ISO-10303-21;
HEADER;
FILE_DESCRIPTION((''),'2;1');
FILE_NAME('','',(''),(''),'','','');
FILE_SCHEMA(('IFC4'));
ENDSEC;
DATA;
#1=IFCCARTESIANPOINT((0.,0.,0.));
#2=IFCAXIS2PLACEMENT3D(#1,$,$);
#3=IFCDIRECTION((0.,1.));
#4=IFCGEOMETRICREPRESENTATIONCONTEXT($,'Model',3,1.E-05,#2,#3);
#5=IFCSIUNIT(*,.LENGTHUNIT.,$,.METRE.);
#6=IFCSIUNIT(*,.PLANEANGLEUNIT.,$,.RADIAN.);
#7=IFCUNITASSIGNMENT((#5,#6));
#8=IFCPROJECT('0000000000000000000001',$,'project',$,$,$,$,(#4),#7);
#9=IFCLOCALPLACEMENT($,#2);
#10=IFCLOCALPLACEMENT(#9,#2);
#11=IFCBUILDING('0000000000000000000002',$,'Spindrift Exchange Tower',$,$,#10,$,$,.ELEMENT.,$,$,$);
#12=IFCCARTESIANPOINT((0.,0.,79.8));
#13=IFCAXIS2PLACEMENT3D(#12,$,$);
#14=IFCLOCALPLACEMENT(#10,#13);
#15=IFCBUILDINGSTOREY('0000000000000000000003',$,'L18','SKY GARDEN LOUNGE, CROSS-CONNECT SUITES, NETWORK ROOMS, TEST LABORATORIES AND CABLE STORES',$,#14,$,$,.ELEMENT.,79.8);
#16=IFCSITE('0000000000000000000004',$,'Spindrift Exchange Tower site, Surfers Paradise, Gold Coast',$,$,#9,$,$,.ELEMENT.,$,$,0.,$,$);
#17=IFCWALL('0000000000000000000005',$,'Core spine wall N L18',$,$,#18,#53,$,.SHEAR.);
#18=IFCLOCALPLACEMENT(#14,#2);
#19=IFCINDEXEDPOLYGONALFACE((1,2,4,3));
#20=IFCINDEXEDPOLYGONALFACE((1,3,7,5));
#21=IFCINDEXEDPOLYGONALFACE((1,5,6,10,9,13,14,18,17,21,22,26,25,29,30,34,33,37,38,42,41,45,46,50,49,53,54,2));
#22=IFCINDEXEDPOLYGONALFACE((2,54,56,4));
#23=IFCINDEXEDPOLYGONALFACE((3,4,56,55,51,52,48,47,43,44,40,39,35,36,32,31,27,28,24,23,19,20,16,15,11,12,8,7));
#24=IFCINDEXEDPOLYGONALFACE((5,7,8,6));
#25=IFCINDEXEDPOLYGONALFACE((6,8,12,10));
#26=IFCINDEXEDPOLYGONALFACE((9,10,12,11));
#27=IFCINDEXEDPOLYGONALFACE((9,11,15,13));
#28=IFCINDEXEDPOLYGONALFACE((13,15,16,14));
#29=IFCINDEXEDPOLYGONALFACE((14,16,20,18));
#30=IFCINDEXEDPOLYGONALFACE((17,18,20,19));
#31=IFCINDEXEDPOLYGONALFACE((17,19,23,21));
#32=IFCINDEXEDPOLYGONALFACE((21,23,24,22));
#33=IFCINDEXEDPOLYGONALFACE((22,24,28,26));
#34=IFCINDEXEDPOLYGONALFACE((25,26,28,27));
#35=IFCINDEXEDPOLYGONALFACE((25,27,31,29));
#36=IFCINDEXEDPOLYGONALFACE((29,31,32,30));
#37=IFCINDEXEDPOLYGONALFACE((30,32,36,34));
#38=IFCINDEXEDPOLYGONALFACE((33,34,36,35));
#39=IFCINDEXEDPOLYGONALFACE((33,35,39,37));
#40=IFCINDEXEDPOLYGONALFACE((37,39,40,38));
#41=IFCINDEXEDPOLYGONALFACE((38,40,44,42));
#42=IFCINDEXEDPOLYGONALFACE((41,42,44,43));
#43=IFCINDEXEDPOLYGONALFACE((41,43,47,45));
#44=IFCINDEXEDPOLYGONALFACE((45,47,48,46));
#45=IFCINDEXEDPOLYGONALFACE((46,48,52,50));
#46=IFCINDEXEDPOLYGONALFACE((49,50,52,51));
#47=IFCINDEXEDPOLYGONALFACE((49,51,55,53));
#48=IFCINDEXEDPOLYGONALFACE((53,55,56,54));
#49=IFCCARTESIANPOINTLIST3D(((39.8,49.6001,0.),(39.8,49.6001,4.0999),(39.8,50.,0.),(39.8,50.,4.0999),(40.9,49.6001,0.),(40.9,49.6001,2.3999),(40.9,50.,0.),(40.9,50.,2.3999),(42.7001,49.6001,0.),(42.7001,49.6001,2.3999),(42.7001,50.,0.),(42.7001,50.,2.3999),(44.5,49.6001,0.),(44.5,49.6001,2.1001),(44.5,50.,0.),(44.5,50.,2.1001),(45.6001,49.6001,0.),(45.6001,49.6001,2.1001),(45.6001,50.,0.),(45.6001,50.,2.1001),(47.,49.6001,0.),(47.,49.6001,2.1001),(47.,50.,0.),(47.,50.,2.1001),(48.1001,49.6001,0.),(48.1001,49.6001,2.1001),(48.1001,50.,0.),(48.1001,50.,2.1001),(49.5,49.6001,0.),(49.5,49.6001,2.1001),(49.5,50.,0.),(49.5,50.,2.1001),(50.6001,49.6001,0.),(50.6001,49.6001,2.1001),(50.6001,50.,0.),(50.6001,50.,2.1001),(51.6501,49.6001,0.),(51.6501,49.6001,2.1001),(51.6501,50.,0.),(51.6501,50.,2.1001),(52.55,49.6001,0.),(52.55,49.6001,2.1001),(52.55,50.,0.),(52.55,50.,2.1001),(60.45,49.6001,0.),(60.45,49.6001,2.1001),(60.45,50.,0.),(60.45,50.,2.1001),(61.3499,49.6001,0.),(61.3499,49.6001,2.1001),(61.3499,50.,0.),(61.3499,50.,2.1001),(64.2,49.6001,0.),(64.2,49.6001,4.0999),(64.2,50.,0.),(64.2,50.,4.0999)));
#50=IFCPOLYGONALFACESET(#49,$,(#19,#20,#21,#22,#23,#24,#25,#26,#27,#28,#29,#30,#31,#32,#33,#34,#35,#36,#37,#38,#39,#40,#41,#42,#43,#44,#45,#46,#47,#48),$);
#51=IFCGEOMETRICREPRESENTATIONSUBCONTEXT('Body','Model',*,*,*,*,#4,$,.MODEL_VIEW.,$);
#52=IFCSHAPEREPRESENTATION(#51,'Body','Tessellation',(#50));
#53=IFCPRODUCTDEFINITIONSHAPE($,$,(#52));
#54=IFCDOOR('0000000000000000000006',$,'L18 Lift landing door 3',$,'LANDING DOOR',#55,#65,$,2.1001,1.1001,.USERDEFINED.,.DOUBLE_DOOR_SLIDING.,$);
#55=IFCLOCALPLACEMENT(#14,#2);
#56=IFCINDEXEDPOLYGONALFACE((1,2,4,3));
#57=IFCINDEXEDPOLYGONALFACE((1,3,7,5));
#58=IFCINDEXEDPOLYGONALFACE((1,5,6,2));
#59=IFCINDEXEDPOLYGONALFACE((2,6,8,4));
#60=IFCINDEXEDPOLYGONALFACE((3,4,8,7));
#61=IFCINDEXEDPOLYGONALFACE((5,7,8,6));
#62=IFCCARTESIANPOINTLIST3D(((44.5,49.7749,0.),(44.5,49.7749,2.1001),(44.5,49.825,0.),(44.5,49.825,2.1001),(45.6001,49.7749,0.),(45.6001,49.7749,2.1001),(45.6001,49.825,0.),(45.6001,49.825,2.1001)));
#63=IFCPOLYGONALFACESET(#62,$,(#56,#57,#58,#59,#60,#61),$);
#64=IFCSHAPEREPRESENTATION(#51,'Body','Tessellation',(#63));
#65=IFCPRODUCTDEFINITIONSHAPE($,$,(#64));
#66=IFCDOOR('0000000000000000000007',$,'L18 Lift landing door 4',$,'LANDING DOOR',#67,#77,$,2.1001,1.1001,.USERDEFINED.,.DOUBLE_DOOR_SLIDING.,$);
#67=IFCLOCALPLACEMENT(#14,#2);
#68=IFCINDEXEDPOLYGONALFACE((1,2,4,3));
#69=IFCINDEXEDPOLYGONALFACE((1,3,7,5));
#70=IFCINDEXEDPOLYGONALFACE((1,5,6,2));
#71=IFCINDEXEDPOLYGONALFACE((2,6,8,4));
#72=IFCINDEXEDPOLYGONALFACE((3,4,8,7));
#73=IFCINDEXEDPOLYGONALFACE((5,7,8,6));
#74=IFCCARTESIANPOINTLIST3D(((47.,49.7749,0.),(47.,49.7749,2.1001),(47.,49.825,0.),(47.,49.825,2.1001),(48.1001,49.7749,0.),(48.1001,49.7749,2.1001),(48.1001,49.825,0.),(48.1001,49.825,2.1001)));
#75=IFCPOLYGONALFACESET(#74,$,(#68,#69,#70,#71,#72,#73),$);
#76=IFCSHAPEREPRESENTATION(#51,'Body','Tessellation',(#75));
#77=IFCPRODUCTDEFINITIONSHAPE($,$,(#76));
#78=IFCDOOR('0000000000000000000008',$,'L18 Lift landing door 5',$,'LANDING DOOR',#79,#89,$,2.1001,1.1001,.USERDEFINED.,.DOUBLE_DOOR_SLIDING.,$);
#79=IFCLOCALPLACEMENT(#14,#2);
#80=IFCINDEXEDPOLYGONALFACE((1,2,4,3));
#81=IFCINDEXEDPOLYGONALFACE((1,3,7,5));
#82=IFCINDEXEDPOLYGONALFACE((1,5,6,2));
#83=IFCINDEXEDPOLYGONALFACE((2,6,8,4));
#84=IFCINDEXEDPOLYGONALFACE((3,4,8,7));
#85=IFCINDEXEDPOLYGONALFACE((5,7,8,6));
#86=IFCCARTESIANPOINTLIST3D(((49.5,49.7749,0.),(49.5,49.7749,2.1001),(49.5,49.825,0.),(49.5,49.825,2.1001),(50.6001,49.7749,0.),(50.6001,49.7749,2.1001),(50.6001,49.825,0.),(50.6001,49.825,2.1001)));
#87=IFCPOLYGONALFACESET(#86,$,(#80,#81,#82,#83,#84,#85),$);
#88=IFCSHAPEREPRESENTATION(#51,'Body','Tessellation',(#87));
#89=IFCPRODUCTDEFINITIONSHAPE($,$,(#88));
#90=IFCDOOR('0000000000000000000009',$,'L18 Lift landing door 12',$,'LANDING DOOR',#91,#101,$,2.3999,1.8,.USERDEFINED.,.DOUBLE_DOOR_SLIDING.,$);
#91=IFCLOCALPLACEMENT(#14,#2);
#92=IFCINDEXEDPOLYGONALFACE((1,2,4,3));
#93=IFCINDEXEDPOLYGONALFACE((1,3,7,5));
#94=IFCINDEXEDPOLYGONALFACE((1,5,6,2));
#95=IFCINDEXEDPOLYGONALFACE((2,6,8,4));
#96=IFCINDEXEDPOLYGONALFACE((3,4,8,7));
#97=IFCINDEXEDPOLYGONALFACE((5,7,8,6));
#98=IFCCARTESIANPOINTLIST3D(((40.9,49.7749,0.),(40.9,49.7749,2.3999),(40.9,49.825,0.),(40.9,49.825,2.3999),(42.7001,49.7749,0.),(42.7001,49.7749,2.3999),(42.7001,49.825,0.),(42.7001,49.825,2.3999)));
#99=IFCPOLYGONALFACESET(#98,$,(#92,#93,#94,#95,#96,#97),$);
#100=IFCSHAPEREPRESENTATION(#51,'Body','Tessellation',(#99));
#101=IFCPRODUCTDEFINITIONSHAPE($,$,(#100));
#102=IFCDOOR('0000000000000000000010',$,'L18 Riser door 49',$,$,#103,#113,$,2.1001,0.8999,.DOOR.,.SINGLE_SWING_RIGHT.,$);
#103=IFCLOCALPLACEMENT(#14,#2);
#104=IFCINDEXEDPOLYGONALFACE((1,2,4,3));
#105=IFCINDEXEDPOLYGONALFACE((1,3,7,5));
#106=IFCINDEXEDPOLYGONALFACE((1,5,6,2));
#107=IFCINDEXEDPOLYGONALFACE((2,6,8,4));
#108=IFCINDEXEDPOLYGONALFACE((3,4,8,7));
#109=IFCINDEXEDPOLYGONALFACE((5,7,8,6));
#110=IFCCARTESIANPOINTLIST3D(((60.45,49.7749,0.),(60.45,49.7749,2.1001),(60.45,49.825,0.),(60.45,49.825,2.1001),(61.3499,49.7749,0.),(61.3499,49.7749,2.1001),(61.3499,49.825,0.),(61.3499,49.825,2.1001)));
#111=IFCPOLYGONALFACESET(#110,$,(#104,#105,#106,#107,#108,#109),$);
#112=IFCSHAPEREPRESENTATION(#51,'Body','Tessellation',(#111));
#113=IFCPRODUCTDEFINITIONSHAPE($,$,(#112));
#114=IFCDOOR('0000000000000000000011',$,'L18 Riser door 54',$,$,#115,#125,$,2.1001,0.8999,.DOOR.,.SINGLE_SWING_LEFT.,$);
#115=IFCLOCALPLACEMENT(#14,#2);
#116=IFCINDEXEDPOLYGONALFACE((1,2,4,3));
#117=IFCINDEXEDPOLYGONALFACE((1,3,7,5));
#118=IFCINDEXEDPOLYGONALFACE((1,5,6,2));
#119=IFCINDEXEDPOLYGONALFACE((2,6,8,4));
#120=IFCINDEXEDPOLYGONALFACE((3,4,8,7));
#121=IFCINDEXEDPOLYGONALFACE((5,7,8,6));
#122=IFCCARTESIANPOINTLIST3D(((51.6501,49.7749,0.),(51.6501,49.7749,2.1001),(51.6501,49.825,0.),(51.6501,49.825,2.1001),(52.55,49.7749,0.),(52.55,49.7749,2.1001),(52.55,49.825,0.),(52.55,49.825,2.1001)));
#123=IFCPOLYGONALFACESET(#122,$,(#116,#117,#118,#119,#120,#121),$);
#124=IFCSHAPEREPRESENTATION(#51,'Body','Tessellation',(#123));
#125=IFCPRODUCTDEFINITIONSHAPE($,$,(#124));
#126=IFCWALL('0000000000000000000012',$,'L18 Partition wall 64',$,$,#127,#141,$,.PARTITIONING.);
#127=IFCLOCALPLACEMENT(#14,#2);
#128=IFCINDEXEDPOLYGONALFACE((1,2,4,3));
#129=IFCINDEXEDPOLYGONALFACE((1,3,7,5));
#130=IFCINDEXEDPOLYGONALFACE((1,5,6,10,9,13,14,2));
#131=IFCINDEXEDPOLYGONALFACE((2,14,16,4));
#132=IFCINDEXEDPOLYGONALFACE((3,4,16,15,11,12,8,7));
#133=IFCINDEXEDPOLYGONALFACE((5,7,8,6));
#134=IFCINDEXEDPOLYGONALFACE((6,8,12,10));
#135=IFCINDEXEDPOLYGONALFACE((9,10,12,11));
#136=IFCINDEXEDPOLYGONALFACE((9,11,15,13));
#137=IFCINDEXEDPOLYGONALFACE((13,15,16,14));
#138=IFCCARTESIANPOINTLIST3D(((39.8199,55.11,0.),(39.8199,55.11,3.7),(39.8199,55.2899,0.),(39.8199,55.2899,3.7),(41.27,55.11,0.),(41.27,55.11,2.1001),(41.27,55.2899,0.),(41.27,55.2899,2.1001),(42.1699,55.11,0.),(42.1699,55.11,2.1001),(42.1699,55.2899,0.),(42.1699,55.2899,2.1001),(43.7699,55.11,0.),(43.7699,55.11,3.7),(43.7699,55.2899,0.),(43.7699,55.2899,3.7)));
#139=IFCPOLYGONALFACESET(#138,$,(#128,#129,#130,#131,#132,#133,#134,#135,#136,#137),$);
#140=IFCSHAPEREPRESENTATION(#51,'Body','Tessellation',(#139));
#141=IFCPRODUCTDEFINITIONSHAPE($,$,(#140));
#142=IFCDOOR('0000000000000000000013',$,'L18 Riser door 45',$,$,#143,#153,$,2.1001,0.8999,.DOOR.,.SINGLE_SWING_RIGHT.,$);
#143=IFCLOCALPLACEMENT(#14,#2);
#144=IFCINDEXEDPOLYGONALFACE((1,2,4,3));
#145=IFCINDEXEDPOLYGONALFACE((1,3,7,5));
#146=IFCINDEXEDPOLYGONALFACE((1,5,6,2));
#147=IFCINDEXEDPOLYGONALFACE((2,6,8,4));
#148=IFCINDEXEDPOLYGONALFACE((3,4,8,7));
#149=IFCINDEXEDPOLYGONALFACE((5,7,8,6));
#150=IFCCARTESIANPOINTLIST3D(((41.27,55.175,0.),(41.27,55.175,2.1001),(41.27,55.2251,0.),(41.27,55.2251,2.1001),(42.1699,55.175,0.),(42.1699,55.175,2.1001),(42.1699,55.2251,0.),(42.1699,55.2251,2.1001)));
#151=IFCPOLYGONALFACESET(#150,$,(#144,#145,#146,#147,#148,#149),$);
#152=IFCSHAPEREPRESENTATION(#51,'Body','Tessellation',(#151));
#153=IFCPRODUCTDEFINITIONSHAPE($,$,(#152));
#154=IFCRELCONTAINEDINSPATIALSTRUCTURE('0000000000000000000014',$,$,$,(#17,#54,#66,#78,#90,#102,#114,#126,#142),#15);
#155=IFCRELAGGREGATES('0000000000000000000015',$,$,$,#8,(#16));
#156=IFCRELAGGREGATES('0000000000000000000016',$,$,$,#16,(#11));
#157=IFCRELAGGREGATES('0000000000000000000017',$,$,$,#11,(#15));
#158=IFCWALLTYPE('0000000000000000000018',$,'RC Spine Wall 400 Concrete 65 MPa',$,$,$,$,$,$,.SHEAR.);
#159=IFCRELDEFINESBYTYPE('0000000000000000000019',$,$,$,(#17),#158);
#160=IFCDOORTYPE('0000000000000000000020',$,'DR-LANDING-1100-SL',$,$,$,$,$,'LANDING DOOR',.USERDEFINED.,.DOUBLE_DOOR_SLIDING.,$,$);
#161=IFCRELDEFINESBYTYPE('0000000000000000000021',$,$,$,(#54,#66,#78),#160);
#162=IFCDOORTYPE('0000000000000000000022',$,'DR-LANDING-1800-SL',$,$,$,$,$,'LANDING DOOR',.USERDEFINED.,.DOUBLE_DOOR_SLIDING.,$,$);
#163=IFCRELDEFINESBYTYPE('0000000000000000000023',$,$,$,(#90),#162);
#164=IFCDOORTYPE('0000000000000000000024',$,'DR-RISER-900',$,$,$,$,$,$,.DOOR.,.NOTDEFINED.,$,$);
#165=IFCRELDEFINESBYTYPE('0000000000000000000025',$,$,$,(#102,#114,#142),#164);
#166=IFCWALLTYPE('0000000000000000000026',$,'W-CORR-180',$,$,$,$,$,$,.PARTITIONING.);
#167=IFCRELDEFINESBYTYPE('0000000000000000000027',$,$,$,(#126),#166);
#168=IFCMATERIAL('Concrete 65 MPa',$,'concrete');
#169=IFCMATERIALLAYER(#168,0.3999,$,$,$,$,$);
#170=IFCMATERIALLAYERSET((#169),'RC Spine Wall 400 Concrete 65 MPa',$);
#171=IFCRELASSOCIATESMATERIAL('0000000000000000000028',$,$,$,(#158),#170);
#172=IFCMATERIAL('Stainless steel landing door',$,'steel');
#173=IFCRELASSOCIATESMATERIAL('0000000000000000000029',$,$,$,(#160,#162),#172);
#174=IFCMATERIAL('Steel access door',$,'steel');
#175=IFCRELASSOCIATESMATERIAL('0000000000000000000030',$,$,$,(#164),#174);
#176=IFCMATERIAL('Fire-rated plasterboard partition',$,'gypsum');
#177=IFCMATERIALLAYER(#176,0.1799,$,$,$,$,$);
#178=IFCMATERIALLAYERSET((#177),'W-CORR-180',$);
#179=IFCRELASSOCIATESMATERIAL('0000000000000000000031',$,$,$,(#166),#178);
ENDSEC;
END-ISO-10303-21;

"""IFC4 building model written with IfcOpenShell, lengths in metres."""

from ifc_helpers import new_model, si_unit, direction, frame, frame_2d, origin, place, context, subcontext, project, spatial, rectangle, extrude, source, transform, mapped, material, layer, layer_set, type_object, element, fill, save


model = new_model("IFC4")

# Units and contexts
model_context = context("Model", 3, precision=1e-05, world=origin(), true_north=direction((0.0, 1.0)))
body_context = subcontext(model_context, "Body", "Model", "MODEL_VIEW")
ifc_project = project(units=[si_unit("LENGTHUNIT", "METRE"), si_unit("PLANEANGLEUNIT", "RADIAN")], contexts=[model_context])

# Site, building, storey
site_placement = place(None, origin())
site = spatial("IfcSite", under=ifc_project, at=site_placement, Name="Spindrift Exchange Tower site, Surfers Paradise, Gold Coast", CompositionType="ELEMENT", RefElevation=0.0)
building_placement = place(site_placement, origin())
building = spatial("IfcBuilding", under=site, at=building_placement, Name="Spindrift Exchange Tower", CompositionType="ELEMENT")
storey_placement = place(building_placement, frame((0.0, 0.0, 79.8)))
storey = spatial("IfcBuildingStorey", under=building, at=storey_placement, Name="L18", Description="SKY GARDEN LOUNGE, CROSS-CONNECT SUITES, NETWORK ROOMS, TEST LABORATORIES AND CABLE STORES", CompositionType="ELEMENT", Elevation=79.8)

# Wall, openings, doors
ifc_material_1 = material(Name="Concrete 65 MPa", Category="concrete")
ifc_layer_1 = layer(ifc_material_1, 0.3999)
ifc_layer_set_1 = layer_set([ifc_layer_1], Name="RC Spine Wall 400 Concrete 65 MPa")
wall_type_1 = type_object("IfcWallType", Name="RC Spine Wall 400 Concrete 65 MPa", PredefinedType="SHEAR", material=ifc_layer_set_1)
wall_1_placement = place(storey_placement, frame((39.8, 49.8, 0.0), z_axis=(0.0, 0.0, 1.0), x_axis=(1.0, 0.0, 0.0)))
wall_1 = element("IfcWall", 1, at=wall_1_placement, inside=storey, type_object=wall_type_1, Name="Core spine wall N L18", PredefinedType="SHEAR", context=body_context, shape_type="SweptSolid", body=[
    extrude(rectangle(XDim=24.3999, YDim=0.3999, at=frame_2d((12.2, 0.0))), origin(), (0.0, 0.0, 1.0), 4.0999),
])
opening_1_placement = place(wall_1_placement, frame((4.7, 0.0, 0.0)))
opening_1 = element("IfcOpeningElement", 2, at=opening_1_placement, cuts=wall_1, PredefinedType="OPENING", context=body_context, shape_type="SweptSolid", body=[
    extrude(rectangle(XDim=1.1001, YDim=2.1001, at=frame_2d((0.55, 1.05))), frame((0.0, 0.21, 0.0), z_axis=(0.0, -1.0, 0.0), x_axis=(1.0, 0.0, 0.0)), (0.0, 0.0, 1.0), 0.4199),
])
opening_2_placement = place(wall_1_placement, frame((7.2, 0.0, 0.0)))
opening_2 = element("IfcOpeningElement", 3, at=opening_2_placement, cuts=wall_1, PredefinedType="OPENING", context=body_context, shape_type="SweptSolid", body=[
    extrude(rectangle(XDim=1.1001, YDim=2.1001, at=frame_2d((0.55, 1.05))), frame((0.0, 0.21, 0.0), z_axis=(0.0, -1.0, 0.0), x_axis=(1.0, 0.0, 0.0)), (0.0, 0.0, 1.0), 0.4199),
])
opening_3_placement = place(wall_1_placement, frame((9.7, 0.0, 0.0)))
opening_3 = element("IfcOpeningElement", 4, at=opening_3_placement, cuts=wall_1, PredefinedType="OPENING", context=body_context, shape_type="SweptSolid", body=[
    extrude(rectangle(XDim=1.1001, YDim=2.1001, at=frame_2d((0.55, 1.05))), frame((0.0, 0.21, 0.0), z_axis=(0.0, -1.0, 0.0), x_axis=(1.0, 0.0, 0.0)), (0.0, 0.0, 1.0), 0.4199),
])
opening_4_placement = place(wall_1_placement, frame((1.1001, 0.0, 0.0)))
opening_4 = element("IfcOpeningElement", 5, at=opening_4_placement, cuts=wall_1, PredefinedType="OPENING", context=body_context, shape_type="SweptSolid", body=[
    extrude(rectangle(XDim=1.8, YDim=2.3999, at=frame_2d((0.8999, 1.2))), frame((0.0, 0.21, 0.0), z_axis=(0.0, -1.0, 0.0), x_axis=(1.0, 0.0, 0.0)), (0.0, 0.0, 1.0), 0.4199),
])
opening_5_placement = place(wall_1_placement, frame((20.6499, 0.0, 0.0)))
opening_5 = element("IfcOpeningElement", 6, at=opening_5_placement, cuts=wall_1, PredefinedType="OPENING", context=body_context, shape_type="SweptSolid", body=[
    extrude(rectangle(XDim=0.8999, YDim=2.1001, at=frame_2d((0.45, 1.05))), frame((0.0, 0.21, 0.0), z_axis=(0.0, -1.0, 0.0), x_axis=(1.0, 0.0, 0.0)), (0.0, 0.0, 1.0), 0.4199),
])
opening_6_placement = place(wall_1_placement, frame((11.8501, 0.0, 0.0)))
opening_6 = element("IfcOpeningElement", 7, at=opening_6_placement, cuts=wall_1, PredefinedType="OPENING", context=body_context, shape_type="SweptSolid", body=[
    extrude(rectangle(XDim=0.8999, YDim=2.1001, at=frame_2d((0.45, 1.05))), frame((0.0, 0.21, 0.0), z_axis=(0.0, -1.0, 0.0), x_axis=(1.0, 0.0, 0.0)), (0.0, 0.0, 1.0), 0.4199),
])
ifc_material_2 = material(Name="Stainless steel landing door", Category="steel")
door_type_1 = type_object("IfcDoorType", Name="DR-LANDING-1100-SL", ElementType="LANDING DOOR", OperationType="DOUBLE_DOOR_SLIDING", PredefinedType="USERDEFINED", material=ifc_material_2)
shared_shape_1 = source(origin(), body_context, "Body", "SweptSolid", [
    extrude(rectangle(XDim=1.1001, YDim=2.1001, at=frame_2d((0.55, 1.05))), frame((0.0, 0.0249, 0.0), z_axis=(0.0, -1.0, 0.0), x_axis=(1.0, 0.0, 0.0)), (0.0, 0.0, 1.0), 0.05),
])
door_1_placement = place(opening_1_placement, origin())
door_1 = element("IfcDoor", 8, at=door_1_placement, inside=storey, type_object=door_type_1, Name="L18 Lift landing door 3", ObjectType="LANDING DOOR", OperationType="DOUBLE_DOOR_SLIDING", OverallHeight=2.1001, OverallWidth=1.1001, PredefinedType="USERDEFINED", context=body_context, shape_type="MappedRepresentation", body=[
    mapped(shared_shape_1, transform((0.0, 0.0, 0.0), scale=1.0)),
])
fill(opening_1, door_1)
door_2_placement = place(opening_2_placement, origin())
door_2 = element("IfcDoor", 9, at=door_2_placement, inside=storey, type_object=door_type_1, Name="L18 Lift landing door 4", ObjectType="LANDING DOOR", OperationType="DOUBLE_DOOR_SLIDING", OverallHeight=2.1001, OverallWidth=1.1001, PredefinedType="USERDEFINED", context=body_context, shape_type="MappedRepresentation", body=[
    mapped(shared_shape_1, transform((0.0, 0.0, 0.0), scale=1.0)),
])
fill(opening_2, door_2)
door_3_placement = place(opening_3_placement, origin())
door_3 = element("IfcDoor", 10, at=door_3_placement, inside=storey, type_object=door_type_1, Name="L18 Lift landing door 5", ObjectType="LANDING DOOR", OperationType="DOUBLE_DOOR_SLIDING", OverallHeight=2.1001, OverallWidth=1.1001, PredefinedType="USERDEFINED", context=body_context, shape_type="MappedRepresentation", body=[
    mapped(shared_shape_1, transform((0.0, 0.0, 0.0), scale=1.0)),
])
fill(opening_3, door_3)
door_type_2 = type_object("IfcDoorType", Name="DR-LANDING-1800-SL", ElementType="LANDING DOOR", OperationType="DOUBLE_DOOR_SLIDING", PredefinedType="USERDEFINED", material=ifc_material_2)
shared_shape_2 = source(origin(), body_context, "Body", "SweptSolid", [
    extrude(rectangle(XDim=1.8, YDim=2.3999, at=frame_2d((0.8999, 1.2))), frame((0.0, 0.0249, 0.0), z_axis=(0.0, -1.0, 0.0), x_axis=(1.0, 0.0, 0.0)), (0.0, 0.0, 1.0), 0.05),
])
door_4_placement = place(opening_4_placement, origin())
door_4 = element("IfcDoor", 11, at=door_4_placement, inside=storey, type_object=door_type_2, Name="L18 Lift landing door 12", ObjectType="LANDING DOOR", OperationType="DOUBLE_DOOR_SLIDING", OverallHeight=2.3999, OverallWidth=1.8, PredefinedType="USERDEFINED", context=body_context, shape_type="MappedRepresentation", body=[
    mapped(shared_shape_2, transform((0.0, 0.0, 0.0), scale=1.0)),
])
fill(opening_4, door_4)
ifc_material_3 = material(Name="Steel access door", Category="steel")
door_type_3 = type_object("IfcDoorType", Name="DR-RISER-900", OperationType="NOTDEFINED", PredefinedType="DOOR", material=ifc_material_3)
shared_shape_3 = source(origin(), body_context, "Body", "SweptSolid", [
    extrude(rectangle(XDim=0.8999, YDim=2.1001, at=frame_2d((0.45, 1.05))), frame((0.0, 0.0249, 0.0), z_axis=(0.0, -1.0, 0.0), x_axis=(1.0, 0.0, 0.0)), (0.0, 0.0, 1.0), 0.05),
])
door_5_placement = place(opening_5_placement, origin())
door_5 = element("IfcDoor", 12, at=door_5_placement, inside=storey, type_object=door_type_3, Name="L18 Riser door 49", OperationType="SINGLE_SWING_RIGHT", OverallHeight=2.1001, OverallWidth=0.8999, PredefinedType="DOOR", context=body_context, shape_type="MappedRepresentation", body=[
    mapped(shared_shape_3, transform((0.0, 0.0, 0.0), scale=1.0)),
])
fill(opening_5, door_5)
door_6_placement = place(opening_6_placement, origin())
door_6 = element("IfcDoor", 13, at=door_6_placement, inside=storey, type_object=door_type_3, Name="L18 Riser door 54", OperationType="SINGLE_SWING_LEFT", OverallHeight=2.1001, OverallWidth=0.8999, PredefinedType="DOOR", context=body_context, shape_type="MappedRepresentation", body=[
    mapped(shared_shape_3, transform((0.0, 0.0, 0.0), scale=1.0)),
])
fill(opening_6, door_6)

# Wall, opening, door
ifc_material_4 = material(Name="Fire-rated plasterboard partition", Category="gypsum")
ifc_layer_2 = layer(ifc_material_4, 0.1799)
ifc_layer_set_2 = layer_set([ifc_layer_2], Name="W-CORR-180")
wall_type_2 = type_object("IfcWallType", Name="W-CORR-180", PredefinedType="PARTITIONING", material=ifc_layer_set_2)
wall_2_placement = place(storey_placement, frame((43.77, 55.2, 0.0), z_axis=(0.0, 0.0, 1.0), x_axis=(-1.0, 0.0, 0.0)))
wall_2 = element("IfcWall", 14, at=wall_2_placement, inside=storey, type_object=wall_type_2, Name="L18 Partition wall 64", PredefinedType="PARTITIONING", context=body_context, shape_type="SweptSolid", body=[
    extrude(rectangle(XDim=3.95, YDim=0.1799, at=frame_2d((1.9751, 0.0))), origin(), (0.0, 0.0, 1.0), 3.7),
])
opening_7_placement = place(wall_2_placement, frame((1.6001, 0.0, 0.0)))
opening_7 = element("IfcOpeningElement", 15, at=opening_7_placement, cuts=wall_2, PredefinedType="OPENING", context=body_context, shape_type="SweptSolid", body=[
    extrude(rectangle(XDim=0.8999, YDim=2.1001, at=frame_2d((0.45, 1.05))), frame((0.0, 0.0999, 0.0), z_axis=(0.0, -1.0, 0.0), x_axis=(1.0, 0.0, 0.0)), (0.0, 0.0, 1.0), 0.2),
])
door_7_placement = place(opening_7_placement, origin())
door_7 = element("IfcDoor", 16, at=door_7_placement, inside=storey, type_object=door_type_3, Name="L18 Riser door 45", OperationType="SINGLE_SWING_RIGHT", OverallHeight=2.1001, OverallWidth=0.8999, PredefinedType="DOOR", context=body_context, shape_type="MappedRepresentation", body=[
    mapped(shared_shape_3, transform((0.0, 0.0, 0.0), scale=1.0)),
])
fill(opening_7, door_7)

save(model, "model.ifc")
